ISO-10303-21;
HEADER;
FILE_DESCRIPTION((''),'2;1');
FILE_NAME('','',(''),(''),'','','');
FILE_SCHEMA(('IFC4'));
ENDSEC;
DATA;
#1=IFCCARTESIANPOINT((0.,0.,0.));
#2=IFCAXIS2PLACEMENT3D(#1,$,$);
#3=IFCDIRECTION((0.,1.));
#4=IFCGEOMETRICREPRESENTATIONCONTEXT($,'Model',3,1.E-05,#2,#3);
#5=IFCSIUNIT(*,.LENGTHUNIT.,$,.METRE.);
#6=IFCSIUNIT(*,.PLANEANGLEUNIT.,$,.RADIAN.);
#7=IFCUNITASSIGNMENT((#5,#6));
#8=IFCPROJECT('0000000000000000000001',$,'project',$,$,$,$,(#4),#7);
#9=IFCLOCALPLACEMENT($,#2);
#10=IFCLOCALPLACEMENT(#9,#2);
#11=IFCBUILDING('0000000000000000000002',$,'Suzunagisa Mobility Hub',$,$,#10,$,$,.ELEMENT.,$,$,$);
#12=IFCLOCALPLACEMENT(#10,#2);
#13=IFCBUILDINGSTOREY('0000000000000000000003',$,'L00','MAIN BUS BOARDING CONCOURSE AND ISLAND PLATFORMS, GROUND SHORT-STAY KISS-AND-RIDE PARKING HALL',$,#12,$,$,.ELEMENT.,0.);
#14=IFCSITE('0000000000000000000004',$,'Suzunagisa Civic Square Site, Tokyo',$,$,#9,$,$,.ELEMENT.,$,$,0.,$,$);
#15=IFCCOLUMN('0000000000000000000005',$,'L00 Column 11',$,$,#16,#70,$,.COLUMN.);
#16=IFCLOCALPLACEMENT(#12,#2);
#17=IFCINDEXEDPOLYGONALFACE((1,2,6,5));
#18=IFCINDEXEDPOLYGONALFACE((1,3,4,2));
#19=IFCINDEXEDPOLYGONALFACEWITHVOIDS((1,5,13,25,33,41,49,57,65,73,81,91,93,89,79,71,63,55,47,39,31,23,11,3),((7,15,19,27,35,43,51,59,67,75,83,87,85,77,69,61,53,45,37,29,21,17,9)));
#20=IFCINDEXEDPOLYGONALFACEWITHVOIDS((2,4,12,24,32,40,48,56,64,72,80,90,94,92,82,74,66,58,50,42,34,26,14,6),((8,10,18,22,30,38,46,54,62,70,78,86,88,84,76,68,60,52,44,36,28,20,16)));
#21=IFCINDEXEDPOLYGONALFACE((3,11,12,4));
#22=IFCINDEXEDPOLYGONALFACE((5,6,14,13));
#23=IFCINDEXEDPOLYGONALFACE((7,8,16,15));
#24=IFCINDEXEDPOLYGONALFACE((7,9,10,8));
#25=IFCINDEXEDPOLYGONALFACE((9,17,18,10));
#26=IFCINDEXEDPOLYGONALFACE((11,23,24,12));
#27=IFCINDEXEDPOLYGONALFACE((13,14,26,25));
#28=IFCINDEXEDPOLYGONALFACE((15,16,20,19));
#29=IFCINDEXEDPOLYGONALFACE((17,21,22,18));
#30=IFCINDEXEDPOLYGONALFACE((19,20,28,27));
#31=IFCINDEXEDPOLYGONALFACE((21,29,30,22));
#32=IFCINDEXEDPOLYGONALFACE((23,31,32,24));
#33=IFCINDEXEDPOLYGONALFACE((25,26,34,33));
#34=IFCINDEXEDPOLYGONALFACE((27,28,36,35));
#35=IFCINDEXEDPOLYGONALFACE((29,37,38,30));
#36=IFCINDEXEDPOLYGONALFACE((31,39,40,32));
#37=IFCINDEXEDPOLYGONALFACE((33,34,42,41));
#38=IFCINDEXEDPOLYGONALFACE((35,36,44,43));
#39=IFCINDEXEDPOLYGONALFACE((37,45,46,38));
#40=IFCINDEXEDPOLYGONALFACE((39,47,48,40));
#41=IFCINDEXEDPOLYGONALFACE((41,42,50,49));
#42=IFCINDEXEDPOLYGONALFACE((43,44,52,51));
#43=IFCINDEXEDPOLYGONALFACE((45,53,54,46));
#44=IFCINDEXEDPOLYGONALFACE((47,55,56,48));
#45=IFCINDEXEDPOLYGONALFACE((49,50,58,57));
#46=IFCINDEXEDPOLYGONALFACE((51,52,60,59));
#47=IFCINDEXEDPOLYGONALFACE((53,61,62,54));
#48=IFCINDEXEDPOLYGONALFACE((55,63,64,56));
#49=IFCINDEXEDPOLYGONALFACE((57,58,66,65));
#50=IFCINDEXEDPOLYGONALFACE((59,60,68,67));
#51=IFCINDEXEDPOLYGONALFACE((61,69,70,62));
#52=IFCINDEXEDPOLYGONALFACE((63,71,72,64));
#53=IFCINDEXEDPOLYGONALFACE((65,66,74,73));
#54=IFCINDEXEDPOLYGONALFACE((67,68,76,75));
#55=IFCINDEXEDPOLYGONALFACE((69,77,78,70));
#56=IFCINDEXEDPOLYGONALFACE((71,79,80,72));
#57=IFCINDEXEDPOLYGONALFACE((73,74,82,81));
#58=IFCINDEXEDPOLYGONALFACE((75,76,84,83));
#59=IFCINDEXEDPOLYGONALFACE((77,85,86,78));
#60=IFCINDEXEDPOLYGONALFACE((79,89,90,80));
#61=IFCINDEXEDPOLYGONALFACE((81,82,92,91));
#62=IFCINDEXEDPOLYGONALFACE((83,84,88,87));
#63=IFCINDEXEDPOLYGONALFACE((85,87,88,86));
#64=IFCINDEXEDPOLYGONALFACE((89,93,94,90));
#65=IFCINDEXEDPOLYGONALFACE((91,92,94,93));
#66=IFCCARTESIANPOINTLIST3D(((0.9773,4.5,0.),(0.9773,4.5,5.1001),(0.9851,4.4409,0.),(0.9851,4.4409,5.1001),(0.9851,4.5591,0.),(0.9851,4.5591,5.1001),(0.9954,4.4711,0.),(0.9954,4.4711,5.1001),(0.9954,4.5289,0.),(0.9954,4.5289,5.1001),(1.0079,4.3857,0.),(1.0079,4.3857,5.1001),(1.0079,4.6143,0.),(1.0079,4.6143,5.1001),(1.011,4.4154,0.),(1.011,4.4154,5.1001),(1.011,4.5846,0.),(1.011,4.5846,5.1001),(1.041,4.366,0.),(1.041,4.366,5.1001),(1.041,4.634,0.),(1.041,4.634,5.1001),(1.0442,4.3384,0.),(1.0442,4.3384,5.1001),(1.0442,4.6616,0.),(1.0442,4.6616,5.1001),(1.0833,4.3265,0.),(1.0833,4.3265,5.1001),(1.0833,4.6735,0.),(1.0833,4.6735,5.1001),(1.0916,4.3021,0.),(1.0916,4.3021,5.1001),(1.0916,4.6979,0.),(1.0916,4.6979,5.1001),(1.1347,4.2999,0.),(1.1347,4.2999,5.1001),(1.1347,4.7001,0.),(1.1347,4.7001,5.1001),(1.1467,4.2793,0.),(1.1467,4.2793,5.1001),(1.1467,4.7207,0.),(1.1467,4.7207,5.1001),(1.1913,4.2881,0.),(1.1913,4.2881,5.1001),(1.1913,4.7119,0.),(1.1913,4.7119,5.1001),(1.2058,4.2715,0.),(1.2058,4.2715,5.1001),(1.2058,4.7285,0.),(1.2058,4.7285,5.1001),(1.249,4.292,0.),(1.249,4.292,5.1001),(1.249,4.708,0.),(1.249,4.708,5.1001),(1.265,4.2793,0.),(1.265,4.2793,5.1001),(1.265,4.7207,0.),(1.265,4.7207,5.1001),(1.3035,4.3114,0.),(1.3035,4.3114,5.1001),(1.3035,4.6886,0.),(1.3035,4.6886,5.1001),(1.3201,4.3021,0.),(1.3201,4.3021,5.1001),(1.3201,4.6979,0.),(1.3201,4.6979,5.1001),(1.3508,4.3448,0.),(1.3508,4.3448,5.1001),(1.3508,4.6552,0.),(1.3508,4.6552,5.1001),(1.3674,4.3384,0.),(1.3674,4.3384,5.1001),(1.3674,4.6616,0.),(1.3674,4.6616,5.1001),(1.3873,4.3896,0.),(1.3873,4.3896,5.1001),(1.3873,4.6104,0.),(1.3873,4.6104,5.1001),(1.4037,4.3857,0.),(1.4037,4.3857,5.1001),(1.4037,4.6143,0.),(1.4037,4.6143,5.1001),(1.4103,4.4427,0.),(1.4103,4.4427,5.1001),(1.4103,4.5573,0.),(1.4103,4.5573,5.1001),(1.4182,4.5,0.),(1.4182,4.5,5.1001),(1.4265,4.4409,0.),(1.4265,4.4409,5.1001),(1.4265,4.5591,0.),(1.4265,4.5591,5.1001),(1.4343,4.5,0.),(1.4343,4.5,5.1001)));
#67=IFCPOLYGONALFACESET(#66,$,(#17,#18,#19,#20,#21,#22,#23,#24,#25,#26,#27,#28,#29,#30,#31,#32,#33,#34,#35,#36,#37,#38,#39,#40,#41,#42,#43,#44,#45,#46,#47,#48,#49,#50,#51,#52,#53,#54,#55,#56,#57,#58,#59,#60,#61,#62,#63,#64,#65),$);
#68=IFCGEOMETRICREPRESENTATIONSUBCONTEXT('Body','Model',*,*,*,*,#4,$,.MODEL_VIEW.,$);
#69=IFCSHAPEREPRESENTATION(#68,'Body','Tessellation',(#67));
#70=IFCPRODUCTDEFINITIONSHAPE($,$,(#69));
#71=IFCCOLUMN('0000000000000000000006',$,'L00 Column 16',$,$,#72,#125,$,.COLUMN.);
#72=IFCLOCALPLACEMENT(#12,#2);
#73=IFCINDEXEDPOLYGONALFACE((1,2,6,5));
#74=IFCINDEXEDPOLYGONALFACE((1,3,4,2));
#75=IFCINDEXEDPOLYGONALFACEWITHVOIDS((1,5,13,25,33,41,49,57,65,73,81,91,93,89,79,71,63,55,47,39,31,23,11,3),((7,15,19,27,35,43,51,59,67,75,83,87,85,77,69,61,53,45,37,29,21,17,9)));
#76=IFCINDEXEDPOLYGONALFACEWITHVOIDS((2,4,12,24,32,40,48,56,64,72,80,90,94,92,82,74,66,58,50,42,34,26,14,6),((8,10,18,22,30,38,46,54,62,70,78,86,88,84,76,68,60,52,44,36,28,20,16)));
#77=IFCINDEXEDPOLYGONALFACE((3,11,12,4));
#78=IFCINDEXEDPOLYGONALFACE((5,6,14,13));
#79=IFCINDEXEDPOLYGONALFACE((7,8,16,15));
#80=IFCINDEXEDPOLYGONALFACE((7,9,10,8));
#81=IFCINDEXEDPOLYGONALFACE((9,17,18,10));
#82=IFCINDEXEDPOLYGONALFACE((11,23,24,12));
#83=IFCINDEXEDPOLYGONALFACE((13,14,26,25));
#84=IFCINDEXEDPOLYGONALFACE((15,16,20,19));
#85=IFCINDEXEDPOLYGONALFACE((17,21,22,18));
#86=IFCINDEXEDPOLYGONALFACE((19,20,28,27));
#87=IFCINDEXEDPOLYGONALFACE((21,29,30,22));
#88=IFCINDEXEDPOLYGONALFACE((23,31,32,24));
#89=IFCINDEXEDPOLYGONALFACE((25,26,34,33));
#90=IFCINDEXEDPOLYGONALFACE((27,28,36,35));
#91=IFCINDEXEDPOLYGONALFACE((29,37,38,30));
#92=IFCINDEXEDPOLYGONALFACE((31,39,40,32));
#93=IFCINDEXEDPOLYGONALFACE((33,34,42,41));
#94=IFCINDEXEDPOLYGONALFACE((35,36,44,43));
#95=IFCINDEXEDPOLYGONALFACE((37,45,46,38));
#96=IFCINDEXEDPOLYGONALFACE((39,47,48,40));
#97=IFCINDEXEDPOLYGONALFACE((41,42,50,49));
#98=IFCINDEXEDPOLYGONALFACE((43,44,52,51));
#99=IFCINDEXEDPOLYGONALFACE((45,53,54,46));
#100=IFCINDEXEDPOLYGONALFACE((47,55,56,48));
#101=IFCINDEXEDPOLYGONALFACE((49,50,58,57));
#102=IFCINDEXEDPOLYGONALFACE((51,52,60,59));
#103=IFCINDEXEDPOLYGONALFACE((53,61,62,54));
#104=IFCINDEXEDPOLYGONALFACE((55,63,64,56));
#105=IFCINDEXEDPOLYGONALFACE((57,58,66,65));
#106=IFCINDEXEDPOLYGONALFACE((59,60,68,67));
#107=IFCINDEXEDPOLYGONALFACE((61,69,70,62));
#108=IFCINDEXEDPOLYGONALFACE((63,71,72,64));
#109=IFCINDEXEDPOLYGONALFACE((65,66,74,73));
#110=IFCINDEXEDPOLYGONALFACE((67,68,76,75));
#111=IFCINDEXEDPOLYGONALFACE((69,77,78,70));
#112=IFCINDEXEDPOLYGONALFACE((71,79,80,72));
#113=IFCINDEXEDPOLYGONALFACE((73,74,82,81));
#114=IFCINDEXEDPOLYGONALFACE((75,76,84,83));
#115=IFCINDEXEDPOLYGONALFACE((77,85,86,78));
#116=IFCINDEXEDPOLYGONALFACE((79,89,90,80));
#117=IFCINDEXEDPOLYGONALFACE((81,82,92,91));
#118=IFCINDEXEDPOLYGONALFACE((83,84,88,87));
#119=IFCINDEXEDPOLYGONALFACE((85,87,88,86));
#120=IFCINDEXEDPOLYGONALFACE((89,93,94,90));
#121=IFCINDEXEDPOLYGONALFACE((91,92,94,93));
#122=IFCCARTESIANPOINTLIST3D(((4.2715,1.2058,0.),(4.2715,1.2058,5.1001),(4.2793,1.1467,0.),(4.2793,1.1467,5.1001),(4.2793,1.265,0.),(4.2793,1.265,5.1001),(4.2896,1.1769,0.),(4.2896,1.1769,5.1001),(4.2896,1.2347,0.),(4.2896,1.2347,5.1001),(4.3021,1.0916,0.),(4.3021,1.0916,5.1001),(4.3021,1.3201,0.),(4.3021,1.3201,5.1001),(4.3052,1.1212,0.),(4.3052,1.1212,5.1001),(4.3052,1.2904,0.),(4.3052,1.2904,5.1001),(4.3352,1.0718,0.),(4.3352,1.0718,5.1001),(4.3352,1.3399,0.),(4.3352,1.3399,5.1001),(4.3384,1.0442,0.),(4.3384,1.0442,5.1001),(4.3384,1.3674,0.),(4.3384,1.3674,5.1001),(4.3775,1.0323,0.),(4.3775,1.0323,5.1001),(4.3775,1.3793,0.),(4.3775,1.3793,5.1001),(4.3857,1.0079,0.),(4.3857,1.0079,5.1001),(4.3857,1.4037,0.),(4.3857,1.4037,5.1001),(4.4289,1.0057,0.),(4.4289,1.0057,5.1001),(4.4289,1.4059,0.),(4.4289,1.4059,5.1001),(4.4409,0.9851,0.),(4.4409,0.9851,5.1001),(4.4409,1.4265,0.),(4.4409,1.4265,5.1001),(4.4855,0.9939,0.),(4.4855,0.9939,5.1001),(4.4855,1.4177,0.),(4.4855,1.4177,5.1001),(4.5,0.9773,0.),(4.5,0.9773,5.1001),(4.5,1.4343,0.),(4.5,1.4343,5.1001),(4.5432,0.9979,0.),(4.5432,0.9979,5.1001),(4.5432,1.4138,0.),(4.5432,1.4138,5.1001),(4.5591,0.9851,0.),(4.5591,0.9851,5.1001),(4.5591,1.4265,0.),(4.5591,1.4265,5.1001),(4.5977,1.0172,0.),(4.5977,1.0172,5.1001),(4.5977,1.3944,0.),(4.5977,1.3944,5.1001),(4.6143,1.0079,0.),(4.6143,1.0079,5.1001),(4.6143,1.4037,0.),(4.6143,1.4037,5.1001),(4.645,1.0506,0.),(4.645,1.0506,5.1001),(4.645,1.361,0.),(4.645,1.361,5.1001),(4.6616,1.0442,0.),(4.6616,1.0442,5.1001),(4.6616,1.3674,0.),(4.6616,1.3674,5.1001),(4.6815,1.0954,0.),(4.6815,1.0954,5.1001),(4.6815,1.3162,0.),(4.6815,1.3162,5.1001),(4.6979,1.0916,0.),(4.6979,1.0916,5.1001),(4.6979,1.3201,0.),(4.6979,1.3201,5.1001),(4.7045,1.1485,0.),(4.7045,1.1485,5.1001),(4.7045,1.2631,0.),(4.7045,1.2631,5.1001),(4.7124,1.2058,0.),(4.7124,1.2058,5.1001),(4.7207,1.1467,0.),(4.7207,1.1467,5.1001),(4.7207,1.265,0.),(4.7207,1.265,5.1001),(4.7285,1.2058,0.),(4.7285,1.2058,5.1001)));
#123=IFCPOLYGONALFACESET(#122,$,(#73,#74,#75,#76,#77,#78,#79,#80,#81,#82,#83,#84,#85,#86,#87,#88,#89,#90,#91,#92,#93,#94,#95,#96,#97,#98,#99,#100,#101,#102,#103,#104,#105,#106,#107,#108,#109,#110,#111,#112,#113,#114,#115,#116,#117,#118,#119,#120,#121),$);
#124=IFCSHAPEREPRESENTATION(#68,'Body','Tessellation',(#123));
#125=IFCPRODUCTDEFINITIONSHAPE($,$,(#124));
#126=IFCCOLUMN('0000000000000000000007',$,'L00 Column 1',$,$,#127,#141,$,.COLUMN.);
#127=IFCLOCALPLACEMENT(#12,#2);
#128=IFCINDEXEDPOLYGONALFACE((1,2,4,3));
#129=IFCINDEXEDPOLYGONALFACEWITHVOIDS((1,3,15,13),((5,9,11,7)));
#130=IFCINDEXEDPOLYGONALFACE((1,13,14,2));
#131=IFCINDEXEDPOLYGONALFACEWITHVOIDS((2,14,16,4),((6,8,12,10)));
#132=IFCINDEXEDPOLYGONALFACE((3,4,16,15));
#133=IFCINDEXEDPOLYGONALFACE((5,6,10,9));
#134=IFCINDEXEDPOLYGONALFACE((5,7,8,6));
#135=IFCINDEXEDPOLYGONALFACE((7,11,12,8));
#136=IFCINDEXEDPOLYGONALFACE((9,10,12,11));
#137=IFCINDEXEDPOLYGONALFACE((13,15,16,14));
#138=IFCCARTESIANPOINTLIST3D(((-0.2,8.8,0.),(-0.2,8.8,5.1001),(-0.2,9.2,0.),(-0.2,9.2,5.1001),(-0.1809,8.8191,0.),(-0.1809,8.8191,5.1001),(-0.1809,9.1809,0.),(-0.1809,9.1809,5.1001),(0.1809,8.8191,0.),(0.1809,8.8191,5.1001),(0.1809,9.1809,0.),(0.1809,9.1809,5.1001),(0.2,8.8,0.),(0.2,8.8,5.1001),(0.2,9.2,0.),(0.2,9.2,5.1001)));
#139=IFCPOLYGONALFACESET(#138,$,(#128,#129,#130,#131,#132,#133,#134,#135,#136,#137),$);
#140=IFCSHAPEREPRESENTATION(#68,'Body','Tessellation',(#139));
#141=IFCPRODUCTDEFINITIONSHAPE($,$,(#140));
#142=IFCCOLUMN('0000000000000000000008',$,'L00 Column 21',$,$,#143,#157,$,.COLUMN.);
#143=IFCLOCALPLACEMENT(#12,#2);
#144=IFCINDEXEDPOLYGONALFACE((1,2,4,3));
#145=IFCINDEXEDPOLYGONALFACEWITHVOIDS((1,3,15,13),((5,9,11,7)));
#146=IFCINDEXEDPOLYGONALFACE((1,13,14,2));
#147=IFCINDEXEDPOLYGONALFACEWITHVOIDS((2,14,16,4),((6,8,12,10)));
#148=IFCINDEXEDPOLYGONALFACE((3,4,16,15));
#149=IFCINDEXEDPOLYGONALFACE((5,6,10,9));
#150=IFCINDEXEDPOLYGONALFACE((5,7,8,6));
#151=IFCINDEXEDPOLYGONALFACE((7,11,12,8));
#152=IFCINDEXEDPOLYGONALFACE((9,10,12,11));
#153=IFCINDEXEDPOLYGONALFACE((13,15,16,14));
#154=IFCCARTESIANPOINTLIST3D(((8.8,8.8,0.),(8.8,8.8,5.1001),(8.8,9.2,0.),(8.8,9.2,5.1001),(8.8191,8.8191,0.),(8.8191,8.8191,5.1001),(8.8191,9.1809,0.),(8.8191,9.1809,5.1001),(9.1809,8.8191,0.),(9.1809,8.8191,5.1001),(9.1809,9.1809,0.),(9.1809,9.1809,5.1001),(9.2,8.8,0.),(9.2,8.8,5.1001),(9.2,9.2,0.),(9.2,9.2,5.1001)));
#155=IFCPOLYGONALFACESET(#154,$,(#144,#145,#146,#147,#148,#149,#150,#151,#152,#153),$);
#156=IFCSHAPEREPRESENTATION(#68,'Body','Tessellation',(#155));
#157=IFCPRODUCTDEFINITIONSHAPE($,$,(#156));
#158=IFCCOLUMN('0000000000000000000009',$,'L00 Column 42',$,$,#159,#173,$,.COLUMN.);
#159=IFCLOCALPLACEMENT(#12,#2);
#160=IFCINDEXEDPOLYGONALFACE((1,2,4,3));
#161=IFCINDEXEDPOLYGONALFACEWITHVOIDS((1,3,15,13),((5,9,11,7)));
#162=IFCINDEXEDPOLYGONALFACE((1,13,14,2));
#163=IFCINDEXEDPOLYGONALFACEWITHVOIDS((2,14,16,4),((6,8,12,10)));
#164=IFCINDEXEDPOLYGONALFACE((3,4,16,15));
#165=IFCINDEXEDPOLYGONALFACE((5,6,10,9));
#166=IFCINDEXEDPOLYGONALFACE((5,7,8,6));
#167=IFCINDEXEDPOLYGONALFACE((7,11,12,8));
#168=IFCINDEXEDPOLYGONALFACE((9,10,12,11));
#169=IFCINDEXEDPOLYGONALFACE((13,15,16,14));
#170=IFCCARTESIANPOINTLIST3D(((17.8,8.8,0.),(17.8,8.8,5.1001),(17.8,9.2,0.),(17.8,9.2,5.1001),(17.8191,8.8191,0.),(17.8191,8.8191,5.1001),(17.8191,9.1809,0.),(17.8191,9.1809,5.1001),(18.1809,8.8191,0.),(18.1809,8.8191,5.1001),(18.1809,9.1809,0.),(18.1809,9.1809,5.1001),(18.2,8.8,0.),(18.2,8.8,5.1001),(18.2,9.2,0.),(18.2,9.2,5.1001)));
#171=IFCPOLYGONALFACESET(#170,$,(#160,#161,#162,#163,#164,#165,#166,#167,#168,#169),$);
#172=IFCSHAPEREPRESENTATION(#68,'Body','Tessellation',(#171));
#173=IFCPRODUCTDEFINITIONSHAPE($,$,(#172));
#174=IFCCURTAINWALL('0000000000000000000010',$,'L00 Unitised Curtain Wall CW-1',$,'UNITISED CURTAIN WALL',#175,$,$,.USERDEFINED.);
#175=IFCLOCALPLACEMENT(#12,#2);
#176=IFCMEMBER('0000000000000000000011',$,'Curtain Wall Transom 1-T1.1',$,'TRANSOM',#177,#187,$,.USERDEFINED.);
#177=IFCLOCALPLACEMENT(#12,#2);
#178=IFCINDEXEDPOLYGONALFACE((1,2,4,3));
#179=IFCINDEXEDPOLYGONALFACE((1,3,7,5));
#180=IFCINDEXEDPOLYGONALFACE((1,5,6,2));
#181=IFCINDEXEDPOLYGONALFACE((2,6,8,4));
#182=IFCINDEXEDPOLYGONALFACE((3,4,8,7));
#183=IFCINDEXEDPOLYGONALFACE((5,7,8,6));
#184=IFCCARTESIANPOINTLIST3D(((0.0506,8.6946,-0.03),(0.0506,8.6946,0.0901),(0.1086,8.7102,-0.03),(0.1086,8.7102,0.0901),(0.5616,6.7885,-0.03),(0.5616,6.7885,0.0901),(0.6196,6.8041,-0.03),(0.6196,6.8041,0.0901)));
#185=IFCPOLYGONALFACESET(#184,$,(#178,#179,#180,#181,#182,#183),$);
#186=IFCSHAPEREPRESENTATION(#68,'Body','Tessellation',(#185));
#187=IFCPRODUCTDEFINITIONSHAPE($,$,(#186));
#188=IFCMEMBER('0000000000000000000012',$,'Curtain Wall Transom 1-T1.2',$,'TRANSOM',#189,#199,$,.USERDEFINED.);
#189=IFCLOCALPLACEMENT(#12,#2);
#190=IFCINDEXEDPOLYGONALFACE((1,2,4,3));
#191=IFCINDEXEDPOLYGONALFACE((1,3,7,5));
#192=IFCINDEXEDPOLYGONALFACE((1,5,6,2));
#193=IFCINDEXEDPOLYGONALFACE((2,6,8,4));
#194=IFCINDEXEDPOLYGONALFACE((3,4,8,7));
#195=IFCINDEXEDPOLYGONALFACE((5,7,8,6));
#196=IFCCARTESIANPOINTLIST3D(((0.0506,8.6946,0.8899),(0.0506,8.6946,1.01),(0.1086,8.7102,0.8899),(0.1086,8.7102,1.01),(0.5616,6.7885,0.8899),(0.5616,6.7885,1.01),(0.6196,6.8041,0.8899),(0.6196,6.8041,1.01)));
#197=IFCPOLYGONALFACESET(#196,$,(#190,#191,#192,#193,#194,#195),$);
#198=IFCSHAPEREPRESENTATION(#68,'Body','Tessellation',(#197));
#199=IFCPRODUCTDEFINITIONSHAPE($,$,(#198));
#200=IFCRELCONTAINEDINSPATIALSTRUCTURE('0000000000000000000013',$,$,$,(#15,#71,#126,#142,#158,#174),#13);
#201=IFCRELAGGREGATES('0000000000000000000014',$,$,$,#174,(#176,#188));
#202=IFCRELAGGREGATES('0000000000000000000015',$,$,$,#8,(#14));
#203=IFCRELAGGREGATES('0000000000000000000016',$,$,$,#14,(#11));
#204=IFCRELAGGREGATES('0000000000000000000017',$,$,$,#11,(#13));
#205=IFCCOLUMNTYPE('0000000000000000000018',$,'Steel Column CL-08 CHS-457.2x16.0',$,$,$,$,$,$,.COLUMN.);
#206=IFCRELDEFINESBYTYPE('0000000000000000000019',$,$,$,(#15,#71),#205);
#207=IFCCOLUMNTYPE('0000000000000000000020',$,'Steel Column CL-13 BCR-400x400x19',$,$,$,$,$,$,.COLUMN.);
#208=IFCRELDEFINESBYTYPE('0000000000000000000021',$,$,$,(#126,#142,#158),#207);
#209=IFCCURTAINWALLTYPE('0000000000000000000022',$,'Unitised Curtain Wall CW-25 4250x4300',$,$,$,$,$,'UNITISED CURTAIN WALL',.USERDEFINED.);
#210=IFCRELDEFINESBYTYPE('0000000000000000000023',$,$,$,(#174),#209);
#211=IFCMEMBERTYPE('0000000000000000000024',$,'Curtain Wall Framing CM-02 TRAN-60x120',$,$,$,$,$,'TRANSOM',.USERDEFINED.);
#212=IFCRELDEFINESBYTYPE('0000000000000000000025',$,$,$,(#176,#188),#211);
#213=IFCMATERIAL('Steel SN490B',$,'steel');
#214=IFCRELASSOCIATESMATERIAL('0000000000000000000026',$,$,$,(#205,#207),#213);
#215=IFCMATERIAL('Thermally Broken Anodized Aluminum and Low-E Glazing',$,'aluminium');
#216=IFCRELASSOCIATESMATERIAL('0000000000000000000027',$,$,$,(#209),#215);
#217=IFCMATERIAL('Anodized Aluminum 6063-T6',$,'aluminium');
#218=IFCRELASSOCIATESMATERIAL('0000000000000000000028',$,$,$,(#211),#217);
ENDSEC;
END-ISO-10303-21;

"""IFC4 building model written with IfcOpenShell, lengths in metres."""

from ifc_helpers import new_model, si_unit, direction, frame, origin, origin_2d, place, context, subcontext, project, spatial, rectangle, hollow_rectangle, hollow_circle, extrude, material, material_profile, profile_set, type_object, element, aggregate, save


model = new_model("IFC4")

# Units and contexts
model_context = context("Model", 3, precision=1e-05, world=origin(), true_north=direction((0.0, 1.0)))
body_context = subcontext(model_context, "Body", "Model", "MODEL_VIEW")
ifc_project = project(units=[si_unit("LENGTHUNIT", "METRE"), si_unit("PLANEANGLEUNIT", "RADIAN")], contexts=[model_context])

# Site, building, storey
site_placement = place(None, origin())
site = spatial("IfcSite", under=ifc_project, at=site_placement, Name="Suzunagisa Civic Square Site, Tokyo", CompositionType="ELEMENT", RefElevation=0.0)
building_placement = place(site_placement, origin())
building = spatial("IfcBuilding", under=site, at=building_placement, Name="Suzunagisa Mobility Hub", CompositionType="ELEMENT")
storey_placement = place(building_placement, origin())
storey = spatial("IfcBuildingStorey", under=building, at=storey_placement, Name="L00", Description="MAIN BUS BOARDING CONCOURSE AND ISLAND PLATFORMS, GROUND SHORT-STAY KISS-AND-RIDE PARKING HALL", CompositionType="ELEMENT", Elevation=0.0)

# Columns
ifc_material_1 = material(Name="Steel SN490B", Category="steel")
ifc_material_profile_1 = material_profile(ifc_material_1, hollow_circle(Radius=0.2285, WallThickness=0.0161, at=origin_2d()), Name="CHS-457.2x16.0")
ifc_profile_set_1 = profile_set([ifc_material_profile_1], Name="Steel SN490B")
column_type_1 = type_object("IfcColumnType", Name="Steel Column CL-08 CHS-457.2x16.0", PredefinedType="COLUMN", material=ifc_profile_set_1)
for number, where, z_axis, x_axis, name in (
    (1, (1.2058, 4.5, 0.0), (0.0, 0.0, 1.0), (1.0, 0.0, 0.0), "L00 Column 11"),
    (2, (4.5, 1.2058, 0.0), (0.0, 0.0, 1.0), (1.0, 0.0, 0.0), "L00 Column 16"),
):
    element("IfcColumn", number, at=place(storey_placement, frame(where, z_axis=z_axis, x_axis=x_axis)), inside=storey, type_object=column_type_1, Name=name, PredefinedType="COLUMN", context=body_context, shape_type="SweptSolid", body=[
        extrude(hollow_circle(Radius=0.2285, WallThickness=0.0161, at=origin_2d()), origin(), (0.0, 0.0, 1.0), 5.1001),
    ])
ifc_material_profile_2 = material_profile(ifc_material_1, hollow_rectangle(XDim=0.3999, YDim=0.3999, WallThickness=0.019, at=origin_2d()), Name="BCR-400x400x19")
ifc_profile_set_2 = profile_set([ifc_material_profile_2], Name="Steel SN490B")
column_type_2 = type_object("IfcColumnType", Name="Steel Column CL-13 BCR-400x400x19", PredefinedType="COLUMN", material=ifc_profile_set_2)
for number, where, z_axis, x_axis, name in (
    (3, (0.0, 9.0, 0.0), (0.0, 0.0, 1.0), (1.0, 0.0, 0.0), "L00 Column 1"),
    (4, (9.0, 9.0, 0.0), (0.0, 0.0, 1.0), (1.0, 0.0, 0.0), "L00 Column 21"),
    (5, (18.0, 9.0, 0.0), (0.0, 0.0, 1.0), (1.0, 0.0, 0.0), "L00 Column 42"),
):
    element("IfcColumn", number, at=place(storey_placement, frame(where, z_axis=z_axis, x_axis=x_axis)), inside=storey, type_object=column_type_2, Name=name, PredefinedType="COLUMN", context=body_context, shape_type="SweptSolid", body=[
        extrude(hollow_rectangle(XDim=0.3999, YDim=0.3999, WallThickness=0.019, at=origin_2d()), origin(), (0.0, 0.0, 1.0), 5.1001),
    ])

# Curtain wall, members
ifc_material_2 = material(Name="Thermally Broken Anodized Aluminum and Low-E Glazing", Category="aluminium")
curtain_wall_type_1 = type_object("IfcCurtainWallType", Name="Unitised Curtain Wall CW-25 4250x4300", ElementType="UNITISED CURTAIN WALL", PredefinedType="USERDEFINED", material=ifc_material_2)
curtain_wall_1_placement = place(storey_placement, origin())
curtain_wall_1 = element("IfcCurtainWall", 6, at=curtain_wall_1_placement, inside=storey, type_object=curtain_wall_type_1, Name="L00 Unitised Curtain Wall CW-1", ObjectType="UNITISED CURTAIN WALL", PredefinedType="USERDEFINED")
ifc_material_3 = material(Name="Anodized Aluminum 6063-T6", Category="aluminium")
ifc_material_profile_3 = material_profile(ifc_material_3, rectangle(XDim=0.0601, YDim=0.1201, at=origin_2d()), Name="TRAN-60x120")
ifc_profile_set_3 = profile_set([ifc_material_profile_3], Name="Anodized Aluminum 6063-T6")
member_type_1 = type_object("IfcMemberType", Name="Curtain Wall Framing CM-02 TRAN-60x120", ElementType="TRANSOM", PredefinedType="USERDEFINED", material=ifc_profile_set_3)
member_1_placement = place(storey_placement, frame((0.0796, 8.7024, 0.03), z_axis=(0.258948, -0.965891, 0.0), x_axis=(0.965891, 0.258948, 0.0)))
member_1 = element("IfcMember", 7, at=member_1_placement, type_object=member_type_1, Name="Curtain Wall Transom 1-T1.1", ObjectType="TRANSOM", PredefinedType="USERDEFINED", context=body_context, shape_type="SweptSolid", body=[
    extrude(rectangle(XDim=0.0601, YDim=0.1201, at=origin_2d()), origin(), (0.0, 0.0, 1.0), 1.9734),
])
member_2_placement = place(storey_placement, frame((0.0796, 8.7024, 0.95), z_axis=(0.258948, -0.965891, 0.0), x_axis=(0.965891, 0.258948, 0.0)))
member_2 = element("IfcMember", 8, at=member_2_placement, type_object=member_type_1, Name="Curtain Wall Transom 1-T1.2", ObjectType="TRANSOM", PredefinedType="USERDEFINED", context=body_context, shape_type="SweptSolid", body=[
    extrude(rectangle(XDim=0.0601, YDim=0.1201, at=origin_2d()), origin(), (0.0, 0.0, 1.0), 1.9734),
])

aggregate(curtain_wall_1, [member_1, member_2])

save(model, "model.ifc")
